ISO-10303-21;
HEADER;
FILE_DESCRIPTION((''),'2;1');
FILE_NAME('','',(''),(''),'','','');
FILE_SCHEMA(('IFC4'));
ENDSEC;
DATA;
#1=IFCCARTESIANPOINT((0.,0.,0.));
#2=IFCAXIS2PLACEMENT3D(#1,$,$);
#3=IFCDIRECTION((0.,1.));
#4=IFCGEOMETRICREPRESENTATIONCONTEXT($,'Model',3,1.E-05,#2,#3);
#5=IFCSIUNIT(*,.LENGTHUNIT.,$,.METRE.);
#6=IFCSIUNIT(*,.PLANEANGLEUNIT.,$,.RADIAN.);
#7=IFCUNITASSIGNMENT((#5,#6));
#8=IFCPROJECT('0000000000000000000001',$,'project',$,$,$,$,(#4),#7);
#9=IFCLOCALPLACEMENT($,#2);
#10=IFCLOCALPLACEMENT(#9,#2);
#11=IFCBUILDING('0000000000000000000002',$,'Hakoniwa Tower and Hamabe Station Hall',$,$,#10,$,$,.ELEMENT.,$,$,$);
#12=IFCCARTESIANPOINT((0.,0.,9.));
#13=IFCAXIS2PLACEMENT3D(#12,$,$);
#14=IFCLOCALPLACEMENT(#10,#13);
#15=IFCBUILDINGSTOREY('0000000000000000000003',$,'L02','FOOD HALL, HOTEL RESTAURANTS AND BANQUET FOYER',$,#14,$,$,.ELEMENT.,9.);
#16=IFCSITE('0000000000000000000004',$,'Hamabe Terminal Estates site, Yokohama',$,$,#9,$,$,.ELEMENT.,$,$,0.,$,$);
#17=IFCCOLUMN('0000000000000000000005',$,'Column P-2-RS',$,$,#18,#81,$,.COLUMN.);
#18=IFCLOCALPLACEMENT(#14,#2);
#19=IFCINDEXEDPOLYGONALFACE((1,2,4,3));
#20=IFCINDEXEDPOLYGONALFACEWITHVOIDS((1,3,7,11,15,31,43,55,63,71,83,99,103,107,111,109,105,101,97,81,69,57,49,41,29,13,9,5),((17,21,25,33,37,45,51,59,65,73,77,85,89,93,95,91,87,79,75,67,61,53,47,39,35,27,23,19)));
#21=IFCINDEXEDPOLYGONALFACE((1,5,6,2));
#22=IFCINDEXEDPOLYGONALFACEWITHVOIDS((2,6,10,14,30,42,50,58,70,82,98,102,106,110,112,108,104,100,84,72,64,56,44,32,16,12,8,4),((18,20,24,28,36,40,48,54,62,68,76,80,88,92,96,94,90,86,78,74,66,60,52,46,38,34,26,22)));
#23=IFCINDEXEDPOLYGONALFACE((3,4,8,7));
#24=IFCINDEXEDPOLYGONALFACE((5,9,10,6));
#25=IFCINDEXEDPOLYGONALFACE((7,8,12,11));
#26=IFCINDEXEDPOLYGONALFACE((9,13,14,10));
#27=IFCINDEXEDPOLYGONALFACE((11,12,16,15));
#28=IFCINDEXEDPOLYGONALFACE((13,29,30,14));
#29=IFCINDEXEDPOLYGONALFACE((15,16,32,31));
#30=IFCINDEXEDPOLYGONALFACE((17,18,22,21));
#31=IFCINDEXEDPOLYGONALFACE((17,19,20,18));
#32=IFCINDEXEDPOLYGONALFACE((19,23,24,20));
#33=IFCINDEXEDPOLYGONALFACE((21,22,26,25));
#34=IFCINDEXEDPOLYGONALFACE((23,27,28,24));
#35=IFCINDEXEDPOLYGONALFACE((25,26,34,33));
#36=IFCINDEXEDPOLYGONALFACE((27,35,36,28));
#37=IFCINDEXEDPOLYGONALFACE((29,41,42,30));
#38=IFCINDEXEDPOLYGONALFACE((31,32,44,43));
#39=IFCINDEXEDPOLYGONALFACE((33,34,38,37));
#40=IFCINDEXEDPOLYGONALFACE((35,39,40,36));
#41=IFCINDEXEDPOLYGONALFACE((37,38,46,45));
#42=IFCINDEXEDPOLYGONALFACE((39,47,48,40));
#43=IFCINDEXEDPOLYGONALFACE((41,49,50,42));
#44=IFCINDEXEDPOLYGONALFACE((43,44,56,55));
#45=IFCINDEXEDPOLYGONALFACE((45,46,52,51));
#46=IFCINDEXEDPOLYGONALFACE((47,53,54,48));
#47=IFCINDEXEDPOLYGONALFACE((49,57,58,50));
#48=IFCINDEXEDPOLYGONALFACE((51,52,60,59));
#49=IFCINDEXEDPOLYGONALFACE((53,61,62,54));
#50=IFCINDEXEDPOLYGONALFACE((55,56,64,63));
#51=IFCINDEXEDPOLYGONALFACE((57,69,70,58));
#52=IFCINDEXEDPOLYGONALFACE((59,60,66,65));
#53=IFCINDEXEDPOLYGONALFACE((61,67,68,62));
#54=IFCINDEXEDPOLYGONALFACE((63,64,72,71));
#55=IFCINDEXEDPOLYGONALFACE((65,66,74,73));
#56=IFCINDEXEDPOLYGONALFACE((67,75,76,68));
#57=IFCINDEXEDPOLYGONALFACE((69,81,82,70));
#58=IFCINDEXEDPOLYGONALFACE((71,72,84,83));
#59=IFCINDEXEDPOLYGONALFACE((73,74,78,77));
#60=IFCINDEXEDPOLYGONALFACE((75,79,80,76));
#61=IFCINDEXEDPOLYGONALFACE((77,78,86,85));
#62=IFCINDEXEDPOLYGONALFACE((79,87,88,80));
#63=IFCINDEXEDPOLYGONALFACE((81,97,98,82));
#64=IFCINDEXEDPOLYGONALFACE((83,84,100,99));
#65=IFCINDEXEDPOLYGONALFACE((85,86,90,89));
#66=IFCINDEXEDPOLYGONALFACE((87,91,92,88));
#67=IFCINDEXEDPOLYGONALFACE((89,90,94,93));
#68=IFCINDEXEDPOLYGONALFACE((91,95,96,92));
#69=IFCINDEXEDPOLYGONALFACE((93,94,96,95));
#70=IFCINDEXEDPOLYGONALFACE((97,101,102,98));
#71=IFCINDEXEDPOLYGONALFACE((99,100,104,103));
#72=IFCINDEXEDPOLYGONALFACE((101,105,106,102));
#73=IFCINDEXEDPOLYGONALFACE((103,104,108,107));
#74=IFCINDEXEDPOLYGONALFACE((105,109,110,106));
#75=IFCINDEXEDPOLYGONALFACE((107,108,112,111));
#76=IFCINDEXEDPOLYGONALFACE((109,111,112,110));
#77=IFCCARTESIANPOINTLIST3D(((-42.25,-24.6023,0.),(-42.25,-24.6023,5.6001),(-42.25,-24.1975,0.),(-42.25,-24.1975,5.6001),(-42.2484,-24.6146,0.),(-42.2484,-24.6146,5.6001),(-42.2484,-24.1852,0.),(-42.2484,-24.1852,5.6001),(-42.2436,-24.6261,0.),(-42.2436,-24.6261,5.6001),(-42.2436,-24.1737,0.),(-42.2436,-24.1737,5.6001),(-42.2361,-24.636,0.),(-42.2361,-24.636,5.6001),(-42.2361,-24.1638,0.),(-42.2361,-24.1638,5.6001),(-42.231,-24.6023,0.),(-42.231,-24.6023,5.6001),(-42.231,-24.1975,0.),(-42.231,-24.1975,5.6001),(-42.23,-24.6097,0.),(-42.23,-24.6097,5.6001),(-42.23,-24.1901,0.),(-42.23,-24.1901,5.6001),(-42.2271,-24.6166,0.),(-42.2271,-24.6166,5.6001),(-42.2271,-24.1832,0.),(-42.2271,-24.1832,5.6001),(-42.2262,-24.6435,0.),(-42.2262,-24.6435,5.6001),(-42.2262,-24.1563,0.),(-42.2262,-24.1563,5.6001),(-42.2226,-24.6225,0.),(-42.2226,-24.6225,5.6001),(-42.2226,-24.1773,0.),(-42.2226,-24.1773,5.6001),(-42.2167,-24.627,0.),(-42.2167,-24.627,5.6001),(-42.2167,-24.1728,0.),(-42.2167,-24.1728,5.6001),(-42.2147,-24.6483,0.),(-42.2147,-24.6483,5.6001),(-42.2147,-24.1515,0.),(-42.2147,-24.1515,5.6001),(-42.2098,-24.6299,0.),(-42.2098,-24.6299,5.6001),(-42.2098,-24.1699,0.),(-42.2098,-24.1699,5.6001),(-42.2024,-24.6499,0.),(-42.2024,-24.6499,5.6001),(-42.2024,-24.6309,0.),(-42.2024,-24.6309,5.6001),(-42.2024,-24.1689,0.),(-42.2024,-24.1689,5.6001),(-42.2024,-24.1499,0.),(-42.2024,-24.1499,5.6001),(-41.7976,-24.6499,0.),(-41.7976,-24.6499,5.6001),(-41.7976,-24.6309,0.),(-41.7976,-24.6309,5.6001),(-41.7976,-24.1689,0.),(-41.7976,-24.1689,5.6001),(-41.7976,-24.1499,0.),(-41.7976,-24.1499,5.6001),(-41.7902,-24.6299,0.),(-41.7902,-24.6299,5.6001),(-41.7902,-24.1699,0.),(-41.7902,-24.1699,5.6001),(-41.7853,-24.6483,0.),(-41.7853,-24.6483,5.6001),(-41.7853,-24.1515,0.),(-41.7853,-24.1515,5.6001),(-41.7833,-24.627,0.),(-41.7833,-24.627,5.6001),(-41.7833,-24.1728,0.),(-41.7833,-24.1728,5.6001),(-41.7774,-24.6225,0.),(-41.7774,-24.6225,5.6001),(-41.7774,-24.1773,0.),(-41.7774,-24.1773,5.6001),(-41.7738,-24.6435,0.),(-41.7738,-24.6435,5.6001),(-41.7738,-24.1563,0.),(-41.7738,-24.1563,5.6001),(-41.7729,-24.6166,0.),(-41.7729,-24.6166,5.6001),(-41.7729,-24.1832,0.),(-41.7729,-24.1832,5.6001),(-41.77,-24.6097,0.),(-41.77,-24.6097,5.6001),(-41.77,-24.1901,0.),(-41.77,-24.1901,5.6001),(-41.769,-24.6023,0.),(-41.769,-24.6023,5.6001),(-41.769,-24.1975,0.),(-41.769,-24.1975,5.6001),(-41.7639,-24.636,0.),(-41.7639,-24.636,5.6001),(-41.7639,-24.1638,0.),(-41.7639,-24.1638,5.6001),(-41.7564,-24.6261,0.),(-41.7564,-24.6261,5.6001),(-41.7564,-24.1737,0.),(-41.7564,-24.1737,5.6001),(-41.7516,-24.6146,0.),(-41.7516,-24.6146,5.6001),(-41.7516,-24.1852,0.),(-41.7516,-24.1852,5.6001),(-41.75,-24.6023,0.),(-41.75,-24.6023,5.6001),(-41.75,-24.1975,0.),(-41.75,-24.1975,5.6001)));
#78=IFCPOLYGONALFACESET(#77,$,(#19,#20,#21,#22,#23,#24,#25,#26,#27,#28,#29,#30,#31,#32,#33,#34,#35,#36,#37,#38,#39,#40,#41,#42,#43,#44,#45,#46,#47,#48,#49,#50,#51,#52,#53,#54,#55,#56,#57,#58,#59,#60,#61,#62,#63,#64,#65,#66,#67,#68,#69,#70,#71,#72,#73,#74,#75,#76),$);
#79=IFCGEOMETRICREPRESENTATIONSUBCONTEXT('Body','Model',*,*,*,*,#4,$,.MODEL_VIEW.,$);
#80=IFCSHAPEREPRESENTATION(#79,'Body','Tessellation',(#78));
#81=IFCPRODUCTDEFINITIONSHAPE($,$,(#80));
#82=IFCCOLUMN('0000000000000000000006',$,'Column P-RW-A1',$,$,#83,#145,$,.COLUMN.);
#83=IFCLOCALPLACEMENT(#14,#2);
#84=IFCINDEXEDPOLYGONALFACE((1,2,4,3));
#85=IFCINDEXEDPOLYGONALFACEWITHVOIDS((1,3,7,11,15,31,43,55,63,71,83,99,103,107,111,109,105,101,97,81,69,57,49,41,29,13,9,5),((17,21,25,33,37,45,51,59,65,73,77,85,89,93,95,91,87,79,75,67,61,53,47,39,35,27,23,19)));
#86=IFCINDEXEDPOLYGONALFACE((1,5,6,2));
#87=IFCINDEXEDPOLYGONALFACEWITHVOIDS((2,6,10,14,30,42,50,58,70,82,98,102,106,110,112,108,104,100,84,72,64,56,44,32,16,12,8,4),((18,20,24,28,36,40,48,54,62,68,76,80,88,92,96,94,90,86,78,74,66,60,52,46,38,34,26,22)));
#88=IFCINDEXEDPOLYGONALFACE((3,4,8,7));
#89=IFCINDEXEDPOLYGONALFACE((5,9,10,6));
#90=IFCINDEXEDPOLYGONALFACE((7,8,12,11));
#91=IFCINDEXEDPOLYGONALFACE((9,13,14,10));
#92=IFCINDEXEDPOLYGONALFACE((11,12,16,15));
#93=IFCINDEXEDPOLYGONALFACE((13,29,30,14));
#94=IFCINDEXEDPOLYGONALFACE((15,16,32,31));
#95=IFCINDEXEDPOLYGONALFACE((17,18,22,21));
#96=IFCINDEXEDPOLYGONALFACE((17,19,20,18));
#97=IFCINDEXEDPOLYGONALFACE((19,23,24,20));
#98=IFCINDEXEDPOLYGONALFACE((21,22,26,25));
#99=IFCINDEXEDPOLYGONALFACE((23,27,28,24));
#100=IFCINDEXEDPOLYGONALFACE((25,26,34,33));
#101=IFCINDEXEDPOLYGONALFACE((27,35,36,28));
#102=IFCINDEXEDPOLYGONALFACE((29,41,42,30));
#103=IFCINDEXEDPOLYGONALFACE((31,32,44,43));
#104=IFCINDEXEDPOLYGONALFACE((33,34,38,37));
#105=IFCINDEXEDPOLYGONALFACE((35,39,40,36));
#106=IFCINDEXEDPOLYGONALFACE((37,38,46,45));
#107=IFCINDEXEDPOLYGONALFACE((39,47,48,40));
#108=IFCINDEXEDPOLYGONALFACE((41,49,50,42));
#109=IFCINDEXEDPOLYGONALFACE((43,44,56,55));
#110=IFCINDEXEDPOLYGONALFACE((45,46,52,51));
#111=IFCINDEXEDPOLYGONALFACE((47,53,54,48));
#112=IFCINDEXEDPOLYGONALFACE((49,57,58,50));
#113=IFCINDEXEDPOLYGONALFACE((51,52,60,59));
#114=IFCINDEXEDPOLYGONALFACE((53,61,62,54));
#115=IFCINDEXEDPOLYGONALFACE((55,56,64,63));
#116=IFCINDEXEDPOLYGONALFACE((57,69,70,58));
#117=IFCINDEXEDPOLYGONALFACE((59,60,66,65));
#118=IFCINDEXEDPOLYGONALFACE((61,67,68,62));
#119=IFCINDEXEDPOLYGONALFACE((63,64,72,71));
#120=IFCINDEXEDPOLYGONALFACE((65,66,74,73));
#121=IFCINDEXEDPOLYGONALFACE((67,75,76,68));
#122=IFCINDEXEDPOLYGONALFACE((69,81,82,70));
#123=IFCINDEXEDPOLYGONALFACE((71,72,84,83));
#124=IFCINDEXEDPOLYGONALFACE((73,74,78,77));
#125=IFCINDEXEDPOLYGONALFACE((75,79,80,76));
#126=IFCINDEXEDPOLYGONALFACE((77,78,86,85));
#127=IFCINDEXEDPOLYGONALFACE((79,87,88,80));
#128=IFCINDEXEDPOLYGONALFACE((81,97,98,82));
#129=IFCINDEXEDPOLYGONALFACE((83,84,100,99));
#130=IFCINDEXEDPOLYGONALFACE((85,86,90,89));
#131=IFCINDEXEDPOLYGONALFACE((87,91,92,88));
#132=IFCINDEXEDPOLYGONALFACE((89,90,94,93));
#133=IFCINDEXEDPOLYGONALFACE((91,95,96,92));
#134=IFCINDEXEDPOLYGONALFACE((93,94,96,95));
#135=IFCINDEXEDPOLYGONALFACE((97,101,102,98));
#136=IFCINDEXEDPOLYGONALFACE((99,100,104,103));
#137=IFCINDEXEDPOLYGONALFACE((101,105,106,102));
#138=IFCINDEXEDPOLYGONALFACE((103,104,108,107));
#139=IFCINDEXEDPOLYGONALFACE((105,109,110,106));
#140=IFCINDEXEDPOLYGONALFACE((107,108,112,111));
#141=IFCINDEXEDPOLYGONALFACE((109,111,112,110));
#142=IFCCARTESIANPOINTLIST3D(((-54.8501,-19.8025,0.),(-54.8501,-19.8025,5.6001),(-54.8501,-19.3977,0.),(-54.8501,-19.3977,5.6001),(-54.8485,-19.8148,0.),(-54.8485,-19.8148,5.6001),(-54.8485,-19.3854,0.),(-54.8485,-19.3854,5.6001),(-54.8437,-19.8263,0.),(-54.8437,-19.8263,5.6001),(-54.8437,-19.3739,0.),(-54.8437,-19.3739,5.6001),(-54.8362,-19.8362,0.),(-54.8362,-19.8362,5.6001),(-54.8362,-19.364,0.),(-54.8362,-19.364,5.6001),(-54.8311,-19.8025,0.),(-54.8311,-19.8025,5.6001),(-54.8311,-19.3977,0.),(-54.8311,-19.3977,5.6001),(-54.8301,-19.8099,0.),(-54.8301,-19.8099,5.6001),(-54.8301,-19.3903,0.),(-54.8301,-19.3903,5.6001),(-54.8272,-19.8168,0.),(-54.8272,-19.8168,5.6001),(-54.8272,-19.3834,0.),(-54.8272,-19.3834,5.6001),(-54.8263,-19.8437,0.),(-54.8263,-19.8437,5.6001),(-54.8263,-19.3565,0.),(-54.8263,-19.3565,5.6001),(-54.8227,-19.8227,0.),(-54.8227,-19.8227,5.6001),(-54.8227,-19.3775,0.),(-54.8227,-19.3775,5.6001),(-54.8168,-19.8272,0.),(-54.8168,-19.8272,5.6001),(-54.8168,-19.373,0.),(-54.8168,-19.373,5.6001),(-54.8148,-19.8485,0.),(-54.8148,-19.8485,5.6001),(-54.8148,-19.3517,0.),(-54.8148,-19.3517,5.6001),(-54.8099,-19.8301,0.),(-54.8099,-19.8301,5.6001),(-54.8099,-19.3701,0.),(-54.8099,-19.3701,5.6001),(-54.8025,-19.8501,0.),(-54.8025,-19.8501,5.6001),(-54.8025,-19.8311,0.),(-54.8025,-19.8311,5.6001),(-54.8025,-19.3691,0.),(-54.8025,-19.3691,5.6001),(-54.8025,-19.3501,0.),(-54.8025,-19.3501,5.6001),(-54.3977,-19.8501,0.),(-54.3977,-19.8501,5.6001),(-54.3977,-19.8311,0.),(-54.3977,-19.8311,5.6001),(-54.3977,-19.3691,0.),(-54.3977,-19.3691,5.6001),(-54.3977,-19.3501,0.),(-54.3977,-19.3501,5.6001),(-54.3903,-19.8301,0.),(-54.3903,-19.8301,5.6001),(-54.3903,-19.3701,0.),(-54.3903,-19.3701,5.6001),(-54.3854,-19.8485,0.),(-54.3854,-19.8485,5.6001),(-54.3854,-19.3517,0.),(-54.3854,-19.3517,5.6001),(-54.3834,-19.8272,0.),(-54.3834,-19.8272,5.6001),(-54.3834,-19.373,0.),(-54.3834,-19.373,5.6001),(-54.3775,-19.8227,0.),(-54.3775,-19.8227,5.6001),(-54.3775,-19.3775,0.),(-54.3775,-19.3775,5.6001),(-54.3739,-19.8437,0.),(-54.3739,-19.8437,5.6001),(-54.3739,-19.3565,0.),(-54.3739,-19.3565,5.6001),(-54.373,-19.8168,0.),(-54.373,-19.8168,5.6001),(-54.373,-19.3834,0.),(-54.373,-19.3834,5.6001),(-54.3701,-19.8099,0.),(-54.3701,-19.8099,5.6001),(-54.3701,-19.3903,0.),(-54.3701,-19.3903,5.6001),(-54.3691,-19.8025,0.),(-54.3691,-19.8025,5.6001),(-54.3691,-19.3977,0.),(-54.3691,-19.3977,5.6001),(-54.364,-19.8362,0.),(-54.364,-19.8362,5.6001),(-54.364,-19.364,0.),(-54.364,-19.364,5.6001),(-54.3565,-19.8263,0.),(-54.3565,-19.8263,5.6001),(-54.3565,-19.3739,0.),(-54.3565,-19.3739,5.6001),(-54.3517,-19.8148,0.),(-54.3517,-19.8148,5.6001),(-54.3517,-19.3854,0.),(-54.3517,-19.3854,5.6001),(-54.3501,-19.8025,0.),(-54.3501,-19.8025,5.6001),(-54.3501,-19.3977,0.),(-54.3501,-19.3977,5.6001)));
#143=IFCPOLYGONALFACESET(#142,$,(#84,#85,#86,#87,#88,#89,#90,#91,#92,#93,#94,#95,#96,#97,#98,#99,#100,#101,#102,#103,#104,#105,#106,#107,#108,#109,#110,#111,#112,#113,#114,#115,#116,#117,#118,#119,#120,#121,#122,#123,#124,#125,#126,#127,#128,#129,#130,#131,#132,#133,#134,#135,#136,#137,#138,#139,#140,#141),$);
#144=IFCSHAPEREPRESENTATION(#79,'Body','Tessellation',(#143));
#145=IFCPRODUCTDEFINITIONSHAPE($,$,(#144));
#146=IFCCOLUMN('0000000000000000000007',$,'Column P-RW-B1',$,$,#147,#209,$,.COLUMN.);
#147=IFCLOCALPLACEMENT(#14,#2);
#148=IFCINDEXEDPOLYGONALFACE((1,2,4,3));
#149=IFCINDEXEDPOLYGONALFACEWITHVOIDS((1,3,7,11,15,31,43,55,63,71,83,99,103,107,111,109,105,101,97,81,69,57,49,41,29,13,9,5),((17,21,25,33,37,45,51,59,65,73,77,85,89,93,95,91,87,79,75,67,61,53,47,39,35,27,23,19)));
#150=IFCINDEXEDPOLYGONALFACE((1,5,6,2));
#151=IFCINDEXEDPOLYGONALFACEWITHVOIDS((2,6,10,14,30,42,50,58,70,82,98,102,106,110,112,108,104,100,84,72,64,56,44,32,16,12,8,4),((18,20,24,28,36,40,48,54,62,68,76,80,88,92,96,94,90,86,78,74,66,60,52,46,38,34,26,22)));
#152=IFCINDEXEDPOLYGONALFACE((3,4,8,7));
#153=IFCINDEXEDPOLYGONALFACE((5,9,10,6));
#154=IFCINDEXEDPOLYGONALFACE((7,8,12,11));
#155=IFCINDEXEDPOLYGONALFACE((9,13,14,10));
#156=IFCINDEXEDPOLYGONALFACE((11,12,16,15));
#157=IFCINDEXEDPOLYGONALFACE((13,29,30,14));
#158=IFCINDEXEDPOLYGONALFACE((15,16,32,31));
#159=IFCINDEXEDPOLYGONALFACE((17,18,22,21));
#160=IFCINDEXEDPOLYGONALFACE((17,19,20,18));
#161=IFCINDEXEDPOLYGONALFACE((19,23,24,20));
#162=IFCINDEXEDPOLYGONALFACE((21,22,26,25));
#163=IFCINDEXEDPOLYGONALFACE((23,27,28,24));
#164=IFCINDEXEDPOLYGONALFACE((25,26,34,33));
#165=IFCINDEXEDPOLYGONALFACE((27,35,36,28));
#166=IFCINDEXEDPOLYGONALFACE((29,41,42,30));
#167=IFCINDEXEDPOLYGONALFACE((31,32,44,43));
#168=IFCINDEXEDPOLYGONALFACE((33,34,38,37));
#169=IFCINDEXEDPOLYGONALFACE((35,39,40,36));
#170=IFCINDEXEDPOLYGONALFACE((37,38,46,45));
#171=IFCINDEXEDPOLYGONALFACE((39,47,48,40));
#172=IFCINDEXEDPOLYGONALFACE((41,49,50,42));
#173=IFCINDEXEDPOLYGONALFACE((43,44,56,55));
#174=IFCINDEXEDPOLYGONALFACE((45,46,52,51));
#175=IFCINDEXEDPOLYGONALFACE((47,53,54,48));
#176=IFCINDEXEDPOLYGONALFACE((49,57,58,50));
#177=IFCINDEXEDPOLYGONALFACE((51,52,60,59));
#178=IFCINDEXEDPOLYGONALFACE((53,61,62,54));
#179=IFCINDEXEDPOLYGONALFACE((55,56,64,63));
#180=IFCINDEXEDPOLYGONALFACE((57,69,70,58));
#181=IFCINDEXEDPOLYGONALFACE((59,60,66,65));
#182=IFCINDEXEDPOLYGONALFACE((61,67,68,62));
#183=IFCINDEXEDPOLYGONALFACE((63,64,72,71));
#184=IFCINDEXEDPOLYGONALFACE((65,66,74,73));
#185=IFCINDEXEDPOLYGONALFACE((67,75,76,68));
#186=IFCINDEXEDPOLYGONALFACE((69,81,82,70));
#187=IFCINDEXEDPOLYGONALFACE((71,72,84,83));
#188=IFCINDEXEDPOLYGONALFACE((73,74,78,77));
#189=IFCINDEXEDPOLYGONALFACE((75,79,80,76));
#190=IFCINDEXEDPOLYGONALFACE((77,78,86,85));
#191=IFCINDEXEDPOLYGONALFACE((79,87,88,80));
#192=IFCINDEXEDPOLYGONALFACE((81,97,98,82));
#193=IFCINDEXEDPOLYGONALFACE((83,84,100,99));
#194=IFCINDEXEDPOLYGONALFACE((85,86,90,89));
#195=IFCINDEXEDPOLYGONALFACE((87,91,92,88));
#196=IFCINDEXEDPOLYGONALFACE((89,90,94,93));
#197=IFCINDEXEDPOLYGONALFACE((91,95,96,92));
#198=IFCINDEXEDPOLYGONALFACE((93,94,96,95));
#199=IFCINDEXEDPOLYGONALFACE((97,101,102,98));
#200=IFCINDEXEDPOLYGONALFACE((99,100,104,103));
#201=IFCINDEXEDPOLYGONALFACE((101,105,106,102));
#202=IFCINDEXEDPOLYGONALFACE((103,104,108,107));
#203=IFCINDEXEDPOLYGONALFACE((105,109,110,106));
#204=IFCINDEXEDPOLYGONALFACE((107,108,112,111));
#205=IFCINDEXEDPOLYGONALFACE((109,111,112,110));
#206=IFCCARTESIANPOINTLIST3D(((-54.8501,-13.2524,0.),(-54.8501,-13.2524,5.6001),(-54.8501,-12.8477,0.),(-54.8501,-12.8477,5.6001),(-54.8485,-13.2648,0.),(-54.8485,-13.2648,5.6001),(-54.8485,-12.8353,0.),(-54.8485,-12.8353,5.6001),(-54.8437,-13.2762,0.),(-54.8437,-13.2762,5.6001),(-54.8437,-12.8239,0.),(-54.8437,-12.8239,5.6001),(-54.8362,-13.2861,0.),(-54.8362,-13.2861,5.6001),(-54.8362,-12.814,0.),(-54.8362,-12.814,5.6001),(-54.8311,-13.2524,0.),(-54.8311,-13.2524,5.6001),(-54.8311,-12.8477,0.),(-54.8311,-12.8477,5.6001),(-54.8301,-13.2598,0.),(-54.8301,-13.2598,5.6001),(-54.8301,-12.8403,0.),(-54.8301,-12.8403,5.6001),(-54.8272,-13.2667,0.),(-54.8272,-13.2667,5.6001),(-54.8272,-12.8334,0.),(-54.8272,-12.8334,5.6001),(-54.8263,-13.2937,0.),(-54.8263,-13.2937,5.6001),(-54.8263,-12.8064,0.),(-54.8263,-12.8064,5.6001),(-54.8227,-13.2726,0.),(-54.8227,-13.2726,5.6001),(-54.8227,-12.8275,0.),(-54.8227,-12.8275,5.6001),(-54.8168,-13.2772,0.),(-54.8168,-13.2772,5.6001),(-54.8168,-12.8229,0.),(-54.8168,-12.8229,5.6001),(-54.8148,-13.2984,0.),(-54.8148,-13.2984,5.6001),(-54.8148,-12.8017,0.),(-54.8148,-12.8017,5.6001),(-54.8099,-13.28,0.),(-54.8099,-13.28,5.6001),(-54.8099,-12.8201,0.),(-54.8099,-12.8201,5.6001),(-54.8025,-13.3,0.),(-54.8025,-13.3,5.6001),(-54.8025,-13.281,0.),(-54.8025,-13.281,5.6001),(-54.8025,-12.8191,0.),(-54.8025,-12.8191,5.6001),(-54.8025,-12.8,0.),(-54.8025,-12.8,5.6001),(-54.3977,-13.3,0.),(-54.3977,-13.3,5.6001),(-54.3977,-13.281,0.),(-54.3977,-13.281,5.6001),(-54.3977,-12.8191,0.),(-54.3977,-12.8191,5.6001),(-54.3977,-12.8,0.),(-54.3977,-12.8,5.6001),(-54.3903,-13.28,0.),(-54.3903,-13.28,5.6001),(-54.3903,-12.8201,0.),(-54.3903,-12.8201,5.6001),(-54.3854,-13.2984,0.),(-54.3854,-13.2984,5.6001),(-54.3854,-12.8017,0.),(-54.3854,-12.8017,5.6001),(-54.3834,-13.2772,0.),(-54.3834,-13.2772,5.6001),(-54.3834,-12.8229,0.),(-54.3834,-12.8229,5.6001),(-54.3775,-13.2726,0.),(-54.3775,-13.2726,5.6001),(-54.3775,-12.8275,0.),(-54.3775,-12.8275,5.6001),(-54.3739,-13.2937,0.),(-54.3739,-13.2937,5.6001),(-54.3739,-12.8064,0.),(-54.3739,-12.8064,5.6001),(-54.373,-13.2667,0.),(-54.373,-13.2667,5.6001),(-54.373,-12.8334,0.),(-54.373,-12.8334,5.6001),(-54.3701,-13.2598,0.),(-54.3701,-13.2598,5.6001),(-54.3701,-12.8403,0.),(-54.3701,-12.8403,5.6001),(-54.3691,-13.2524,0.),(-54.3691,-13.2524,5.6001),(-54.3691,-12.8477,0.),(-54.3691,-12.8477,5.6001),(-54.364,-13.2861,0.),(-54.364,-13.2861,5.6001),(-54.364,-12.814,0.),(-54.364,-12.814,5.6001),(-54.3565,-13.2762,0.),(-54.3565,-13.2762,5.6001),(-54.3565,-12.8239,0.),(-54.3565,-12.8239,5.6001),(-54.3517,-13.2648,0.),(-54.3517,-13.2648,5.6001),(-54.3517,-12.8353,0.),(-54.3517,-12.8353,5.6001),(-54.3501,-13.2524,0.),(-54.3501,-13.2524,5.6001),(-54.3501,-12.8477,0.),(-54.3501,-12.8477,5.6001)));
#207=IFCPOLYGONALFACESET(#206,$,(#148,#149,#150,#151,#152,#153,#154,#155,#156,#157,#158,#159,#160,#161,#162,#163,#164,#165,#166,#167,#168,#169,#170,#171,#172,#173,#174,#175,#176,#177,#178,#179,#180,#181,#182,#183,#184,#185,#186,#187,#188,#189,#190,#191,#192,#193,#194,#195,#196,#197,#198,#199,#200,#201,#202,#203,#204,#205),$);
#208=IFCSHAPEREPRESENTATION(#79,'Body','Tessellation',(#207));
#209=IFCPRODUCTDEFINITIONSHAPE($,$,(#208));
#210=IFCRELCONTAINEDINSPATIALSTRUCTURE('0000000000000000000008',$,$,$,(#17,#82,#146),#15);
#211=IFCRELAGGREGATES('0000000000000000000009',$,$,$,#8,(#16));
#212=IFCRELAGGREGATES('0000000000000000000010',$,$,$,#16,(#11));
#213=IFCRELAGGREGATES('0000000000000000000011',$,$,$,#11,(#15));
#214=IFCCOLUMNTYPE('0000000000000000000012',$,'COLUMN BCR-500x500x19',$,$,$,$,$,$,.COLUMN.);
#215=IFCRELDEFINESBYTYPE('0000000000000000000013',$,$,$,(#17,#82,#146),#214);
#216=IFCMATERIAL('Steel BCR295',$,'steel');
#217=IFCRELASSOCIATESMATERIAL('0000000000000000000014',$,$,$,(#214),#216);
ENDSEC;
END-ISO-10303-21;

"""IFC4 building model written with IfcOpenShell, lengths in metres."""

from ifc_helpers import new_model, si_unit, direction, frame, origin, origin_2d, place, context, subcontext, project, spatial, hollow_rectangle, extrude, material, material_profile, profile_set, type_object, element, save


model = new_model("IFC4")

# Units and contexts
model_context = context("Model", 3, precision=1e-05, world=origin(), true_north=direction((0.0, 1.0)))
body_context = subcontext(model_context, "Body", "Model", "MODEL_VIEW")
ifc_project = project(units=[si_unit("LENGTHUNIT", "METRE"), si_unit("PLANEANGLEUNIT", "RADIAN")], contexts=[model_context])

# Site, building, storey
site_placement = place(None, origin())
site = spatial("IfcSite", under=ifc_project, at=site_placement, Name="Hamabe Terminal Estates site, Yokohama", CompositionType="ELEMENT", RefElevation=0.0)
building_placement = place(site_placement, origin())
building = spatial("IfcBuilding", under=site, at=building_placement, Name="Hakoniwa Tower and Hamabe Station Hall", CompositionType="ELEMENT")
storey_placement = place(building_placement, frame((0.0, 0.0, 9.0)))
storey = spatial("IfcBuildingStorey", under=building, at=storey_placement, Name="L02", Description="FOOD HALL, HOTEL RESTAURANTS AND BANQUET FOYER", CompositionType="ELEMENT", Elevation=9.0)

# Columns
ifc_material_1 = material(Name="Steel BCR295", Category="steel")
ifc_material_profile_1 = material_profile(ifc_material_1, hollow_rectangle(XDim=0.5, YDim=0.5, WallThickness=0.019, InnerFilletRadius=0.0286, OuterFilletRadius=0.0476, at=origin_2d()), Name="BCR-500x500x19")
ifc_profile_set_1 = profile_set([ifc_material_profile_1], Name="Steel BCR295")
column_type_1 = type_object("IfcColumnType", Name="COLUMN BCR-500x500x19", PredefinedType="COLUMN", material=ifc_profile_set_1)
for number, where, z_axis, x_axis, name in (
    (1, (-42.0, -24.3999, 0.0), (0.0, 0.0, 1.0), (1.0, 0.0, 0.0), "Column P-2-RS"),
    (2, (-54.6001, -19.6001, 0.0), (0.0, 0.0, 1.0), (1.0, 0.0, 0.0), "Column P-RW-A1"),
    (3, (-54.6001, -13.05, 0.0), (0.0, 0.0, 1.0), (1.0, 0.0, 0.0), "Column P-RW-B1"),
):
    element("IfcColumn", number, at=place(storey_placement, frame(where, z_axis=z_axis, x_axis=x_axis)), inside=storey, type_object=column_type_1, Name=name, PredefinedType="COLUMN", context=body_context, shape_type="SweptSolid", body=[
        extrude(hollow_rectangle(XDim=0.5, YDim=0.5, WallThickness=0.019, InnerFilletRadius=0.0286, OuterFilletRadius=0.0476, at=origin_2d()), origin(), (0.0, 0.0, 1.0), 5.6001),
    ])

save(model, "model.ifc")
